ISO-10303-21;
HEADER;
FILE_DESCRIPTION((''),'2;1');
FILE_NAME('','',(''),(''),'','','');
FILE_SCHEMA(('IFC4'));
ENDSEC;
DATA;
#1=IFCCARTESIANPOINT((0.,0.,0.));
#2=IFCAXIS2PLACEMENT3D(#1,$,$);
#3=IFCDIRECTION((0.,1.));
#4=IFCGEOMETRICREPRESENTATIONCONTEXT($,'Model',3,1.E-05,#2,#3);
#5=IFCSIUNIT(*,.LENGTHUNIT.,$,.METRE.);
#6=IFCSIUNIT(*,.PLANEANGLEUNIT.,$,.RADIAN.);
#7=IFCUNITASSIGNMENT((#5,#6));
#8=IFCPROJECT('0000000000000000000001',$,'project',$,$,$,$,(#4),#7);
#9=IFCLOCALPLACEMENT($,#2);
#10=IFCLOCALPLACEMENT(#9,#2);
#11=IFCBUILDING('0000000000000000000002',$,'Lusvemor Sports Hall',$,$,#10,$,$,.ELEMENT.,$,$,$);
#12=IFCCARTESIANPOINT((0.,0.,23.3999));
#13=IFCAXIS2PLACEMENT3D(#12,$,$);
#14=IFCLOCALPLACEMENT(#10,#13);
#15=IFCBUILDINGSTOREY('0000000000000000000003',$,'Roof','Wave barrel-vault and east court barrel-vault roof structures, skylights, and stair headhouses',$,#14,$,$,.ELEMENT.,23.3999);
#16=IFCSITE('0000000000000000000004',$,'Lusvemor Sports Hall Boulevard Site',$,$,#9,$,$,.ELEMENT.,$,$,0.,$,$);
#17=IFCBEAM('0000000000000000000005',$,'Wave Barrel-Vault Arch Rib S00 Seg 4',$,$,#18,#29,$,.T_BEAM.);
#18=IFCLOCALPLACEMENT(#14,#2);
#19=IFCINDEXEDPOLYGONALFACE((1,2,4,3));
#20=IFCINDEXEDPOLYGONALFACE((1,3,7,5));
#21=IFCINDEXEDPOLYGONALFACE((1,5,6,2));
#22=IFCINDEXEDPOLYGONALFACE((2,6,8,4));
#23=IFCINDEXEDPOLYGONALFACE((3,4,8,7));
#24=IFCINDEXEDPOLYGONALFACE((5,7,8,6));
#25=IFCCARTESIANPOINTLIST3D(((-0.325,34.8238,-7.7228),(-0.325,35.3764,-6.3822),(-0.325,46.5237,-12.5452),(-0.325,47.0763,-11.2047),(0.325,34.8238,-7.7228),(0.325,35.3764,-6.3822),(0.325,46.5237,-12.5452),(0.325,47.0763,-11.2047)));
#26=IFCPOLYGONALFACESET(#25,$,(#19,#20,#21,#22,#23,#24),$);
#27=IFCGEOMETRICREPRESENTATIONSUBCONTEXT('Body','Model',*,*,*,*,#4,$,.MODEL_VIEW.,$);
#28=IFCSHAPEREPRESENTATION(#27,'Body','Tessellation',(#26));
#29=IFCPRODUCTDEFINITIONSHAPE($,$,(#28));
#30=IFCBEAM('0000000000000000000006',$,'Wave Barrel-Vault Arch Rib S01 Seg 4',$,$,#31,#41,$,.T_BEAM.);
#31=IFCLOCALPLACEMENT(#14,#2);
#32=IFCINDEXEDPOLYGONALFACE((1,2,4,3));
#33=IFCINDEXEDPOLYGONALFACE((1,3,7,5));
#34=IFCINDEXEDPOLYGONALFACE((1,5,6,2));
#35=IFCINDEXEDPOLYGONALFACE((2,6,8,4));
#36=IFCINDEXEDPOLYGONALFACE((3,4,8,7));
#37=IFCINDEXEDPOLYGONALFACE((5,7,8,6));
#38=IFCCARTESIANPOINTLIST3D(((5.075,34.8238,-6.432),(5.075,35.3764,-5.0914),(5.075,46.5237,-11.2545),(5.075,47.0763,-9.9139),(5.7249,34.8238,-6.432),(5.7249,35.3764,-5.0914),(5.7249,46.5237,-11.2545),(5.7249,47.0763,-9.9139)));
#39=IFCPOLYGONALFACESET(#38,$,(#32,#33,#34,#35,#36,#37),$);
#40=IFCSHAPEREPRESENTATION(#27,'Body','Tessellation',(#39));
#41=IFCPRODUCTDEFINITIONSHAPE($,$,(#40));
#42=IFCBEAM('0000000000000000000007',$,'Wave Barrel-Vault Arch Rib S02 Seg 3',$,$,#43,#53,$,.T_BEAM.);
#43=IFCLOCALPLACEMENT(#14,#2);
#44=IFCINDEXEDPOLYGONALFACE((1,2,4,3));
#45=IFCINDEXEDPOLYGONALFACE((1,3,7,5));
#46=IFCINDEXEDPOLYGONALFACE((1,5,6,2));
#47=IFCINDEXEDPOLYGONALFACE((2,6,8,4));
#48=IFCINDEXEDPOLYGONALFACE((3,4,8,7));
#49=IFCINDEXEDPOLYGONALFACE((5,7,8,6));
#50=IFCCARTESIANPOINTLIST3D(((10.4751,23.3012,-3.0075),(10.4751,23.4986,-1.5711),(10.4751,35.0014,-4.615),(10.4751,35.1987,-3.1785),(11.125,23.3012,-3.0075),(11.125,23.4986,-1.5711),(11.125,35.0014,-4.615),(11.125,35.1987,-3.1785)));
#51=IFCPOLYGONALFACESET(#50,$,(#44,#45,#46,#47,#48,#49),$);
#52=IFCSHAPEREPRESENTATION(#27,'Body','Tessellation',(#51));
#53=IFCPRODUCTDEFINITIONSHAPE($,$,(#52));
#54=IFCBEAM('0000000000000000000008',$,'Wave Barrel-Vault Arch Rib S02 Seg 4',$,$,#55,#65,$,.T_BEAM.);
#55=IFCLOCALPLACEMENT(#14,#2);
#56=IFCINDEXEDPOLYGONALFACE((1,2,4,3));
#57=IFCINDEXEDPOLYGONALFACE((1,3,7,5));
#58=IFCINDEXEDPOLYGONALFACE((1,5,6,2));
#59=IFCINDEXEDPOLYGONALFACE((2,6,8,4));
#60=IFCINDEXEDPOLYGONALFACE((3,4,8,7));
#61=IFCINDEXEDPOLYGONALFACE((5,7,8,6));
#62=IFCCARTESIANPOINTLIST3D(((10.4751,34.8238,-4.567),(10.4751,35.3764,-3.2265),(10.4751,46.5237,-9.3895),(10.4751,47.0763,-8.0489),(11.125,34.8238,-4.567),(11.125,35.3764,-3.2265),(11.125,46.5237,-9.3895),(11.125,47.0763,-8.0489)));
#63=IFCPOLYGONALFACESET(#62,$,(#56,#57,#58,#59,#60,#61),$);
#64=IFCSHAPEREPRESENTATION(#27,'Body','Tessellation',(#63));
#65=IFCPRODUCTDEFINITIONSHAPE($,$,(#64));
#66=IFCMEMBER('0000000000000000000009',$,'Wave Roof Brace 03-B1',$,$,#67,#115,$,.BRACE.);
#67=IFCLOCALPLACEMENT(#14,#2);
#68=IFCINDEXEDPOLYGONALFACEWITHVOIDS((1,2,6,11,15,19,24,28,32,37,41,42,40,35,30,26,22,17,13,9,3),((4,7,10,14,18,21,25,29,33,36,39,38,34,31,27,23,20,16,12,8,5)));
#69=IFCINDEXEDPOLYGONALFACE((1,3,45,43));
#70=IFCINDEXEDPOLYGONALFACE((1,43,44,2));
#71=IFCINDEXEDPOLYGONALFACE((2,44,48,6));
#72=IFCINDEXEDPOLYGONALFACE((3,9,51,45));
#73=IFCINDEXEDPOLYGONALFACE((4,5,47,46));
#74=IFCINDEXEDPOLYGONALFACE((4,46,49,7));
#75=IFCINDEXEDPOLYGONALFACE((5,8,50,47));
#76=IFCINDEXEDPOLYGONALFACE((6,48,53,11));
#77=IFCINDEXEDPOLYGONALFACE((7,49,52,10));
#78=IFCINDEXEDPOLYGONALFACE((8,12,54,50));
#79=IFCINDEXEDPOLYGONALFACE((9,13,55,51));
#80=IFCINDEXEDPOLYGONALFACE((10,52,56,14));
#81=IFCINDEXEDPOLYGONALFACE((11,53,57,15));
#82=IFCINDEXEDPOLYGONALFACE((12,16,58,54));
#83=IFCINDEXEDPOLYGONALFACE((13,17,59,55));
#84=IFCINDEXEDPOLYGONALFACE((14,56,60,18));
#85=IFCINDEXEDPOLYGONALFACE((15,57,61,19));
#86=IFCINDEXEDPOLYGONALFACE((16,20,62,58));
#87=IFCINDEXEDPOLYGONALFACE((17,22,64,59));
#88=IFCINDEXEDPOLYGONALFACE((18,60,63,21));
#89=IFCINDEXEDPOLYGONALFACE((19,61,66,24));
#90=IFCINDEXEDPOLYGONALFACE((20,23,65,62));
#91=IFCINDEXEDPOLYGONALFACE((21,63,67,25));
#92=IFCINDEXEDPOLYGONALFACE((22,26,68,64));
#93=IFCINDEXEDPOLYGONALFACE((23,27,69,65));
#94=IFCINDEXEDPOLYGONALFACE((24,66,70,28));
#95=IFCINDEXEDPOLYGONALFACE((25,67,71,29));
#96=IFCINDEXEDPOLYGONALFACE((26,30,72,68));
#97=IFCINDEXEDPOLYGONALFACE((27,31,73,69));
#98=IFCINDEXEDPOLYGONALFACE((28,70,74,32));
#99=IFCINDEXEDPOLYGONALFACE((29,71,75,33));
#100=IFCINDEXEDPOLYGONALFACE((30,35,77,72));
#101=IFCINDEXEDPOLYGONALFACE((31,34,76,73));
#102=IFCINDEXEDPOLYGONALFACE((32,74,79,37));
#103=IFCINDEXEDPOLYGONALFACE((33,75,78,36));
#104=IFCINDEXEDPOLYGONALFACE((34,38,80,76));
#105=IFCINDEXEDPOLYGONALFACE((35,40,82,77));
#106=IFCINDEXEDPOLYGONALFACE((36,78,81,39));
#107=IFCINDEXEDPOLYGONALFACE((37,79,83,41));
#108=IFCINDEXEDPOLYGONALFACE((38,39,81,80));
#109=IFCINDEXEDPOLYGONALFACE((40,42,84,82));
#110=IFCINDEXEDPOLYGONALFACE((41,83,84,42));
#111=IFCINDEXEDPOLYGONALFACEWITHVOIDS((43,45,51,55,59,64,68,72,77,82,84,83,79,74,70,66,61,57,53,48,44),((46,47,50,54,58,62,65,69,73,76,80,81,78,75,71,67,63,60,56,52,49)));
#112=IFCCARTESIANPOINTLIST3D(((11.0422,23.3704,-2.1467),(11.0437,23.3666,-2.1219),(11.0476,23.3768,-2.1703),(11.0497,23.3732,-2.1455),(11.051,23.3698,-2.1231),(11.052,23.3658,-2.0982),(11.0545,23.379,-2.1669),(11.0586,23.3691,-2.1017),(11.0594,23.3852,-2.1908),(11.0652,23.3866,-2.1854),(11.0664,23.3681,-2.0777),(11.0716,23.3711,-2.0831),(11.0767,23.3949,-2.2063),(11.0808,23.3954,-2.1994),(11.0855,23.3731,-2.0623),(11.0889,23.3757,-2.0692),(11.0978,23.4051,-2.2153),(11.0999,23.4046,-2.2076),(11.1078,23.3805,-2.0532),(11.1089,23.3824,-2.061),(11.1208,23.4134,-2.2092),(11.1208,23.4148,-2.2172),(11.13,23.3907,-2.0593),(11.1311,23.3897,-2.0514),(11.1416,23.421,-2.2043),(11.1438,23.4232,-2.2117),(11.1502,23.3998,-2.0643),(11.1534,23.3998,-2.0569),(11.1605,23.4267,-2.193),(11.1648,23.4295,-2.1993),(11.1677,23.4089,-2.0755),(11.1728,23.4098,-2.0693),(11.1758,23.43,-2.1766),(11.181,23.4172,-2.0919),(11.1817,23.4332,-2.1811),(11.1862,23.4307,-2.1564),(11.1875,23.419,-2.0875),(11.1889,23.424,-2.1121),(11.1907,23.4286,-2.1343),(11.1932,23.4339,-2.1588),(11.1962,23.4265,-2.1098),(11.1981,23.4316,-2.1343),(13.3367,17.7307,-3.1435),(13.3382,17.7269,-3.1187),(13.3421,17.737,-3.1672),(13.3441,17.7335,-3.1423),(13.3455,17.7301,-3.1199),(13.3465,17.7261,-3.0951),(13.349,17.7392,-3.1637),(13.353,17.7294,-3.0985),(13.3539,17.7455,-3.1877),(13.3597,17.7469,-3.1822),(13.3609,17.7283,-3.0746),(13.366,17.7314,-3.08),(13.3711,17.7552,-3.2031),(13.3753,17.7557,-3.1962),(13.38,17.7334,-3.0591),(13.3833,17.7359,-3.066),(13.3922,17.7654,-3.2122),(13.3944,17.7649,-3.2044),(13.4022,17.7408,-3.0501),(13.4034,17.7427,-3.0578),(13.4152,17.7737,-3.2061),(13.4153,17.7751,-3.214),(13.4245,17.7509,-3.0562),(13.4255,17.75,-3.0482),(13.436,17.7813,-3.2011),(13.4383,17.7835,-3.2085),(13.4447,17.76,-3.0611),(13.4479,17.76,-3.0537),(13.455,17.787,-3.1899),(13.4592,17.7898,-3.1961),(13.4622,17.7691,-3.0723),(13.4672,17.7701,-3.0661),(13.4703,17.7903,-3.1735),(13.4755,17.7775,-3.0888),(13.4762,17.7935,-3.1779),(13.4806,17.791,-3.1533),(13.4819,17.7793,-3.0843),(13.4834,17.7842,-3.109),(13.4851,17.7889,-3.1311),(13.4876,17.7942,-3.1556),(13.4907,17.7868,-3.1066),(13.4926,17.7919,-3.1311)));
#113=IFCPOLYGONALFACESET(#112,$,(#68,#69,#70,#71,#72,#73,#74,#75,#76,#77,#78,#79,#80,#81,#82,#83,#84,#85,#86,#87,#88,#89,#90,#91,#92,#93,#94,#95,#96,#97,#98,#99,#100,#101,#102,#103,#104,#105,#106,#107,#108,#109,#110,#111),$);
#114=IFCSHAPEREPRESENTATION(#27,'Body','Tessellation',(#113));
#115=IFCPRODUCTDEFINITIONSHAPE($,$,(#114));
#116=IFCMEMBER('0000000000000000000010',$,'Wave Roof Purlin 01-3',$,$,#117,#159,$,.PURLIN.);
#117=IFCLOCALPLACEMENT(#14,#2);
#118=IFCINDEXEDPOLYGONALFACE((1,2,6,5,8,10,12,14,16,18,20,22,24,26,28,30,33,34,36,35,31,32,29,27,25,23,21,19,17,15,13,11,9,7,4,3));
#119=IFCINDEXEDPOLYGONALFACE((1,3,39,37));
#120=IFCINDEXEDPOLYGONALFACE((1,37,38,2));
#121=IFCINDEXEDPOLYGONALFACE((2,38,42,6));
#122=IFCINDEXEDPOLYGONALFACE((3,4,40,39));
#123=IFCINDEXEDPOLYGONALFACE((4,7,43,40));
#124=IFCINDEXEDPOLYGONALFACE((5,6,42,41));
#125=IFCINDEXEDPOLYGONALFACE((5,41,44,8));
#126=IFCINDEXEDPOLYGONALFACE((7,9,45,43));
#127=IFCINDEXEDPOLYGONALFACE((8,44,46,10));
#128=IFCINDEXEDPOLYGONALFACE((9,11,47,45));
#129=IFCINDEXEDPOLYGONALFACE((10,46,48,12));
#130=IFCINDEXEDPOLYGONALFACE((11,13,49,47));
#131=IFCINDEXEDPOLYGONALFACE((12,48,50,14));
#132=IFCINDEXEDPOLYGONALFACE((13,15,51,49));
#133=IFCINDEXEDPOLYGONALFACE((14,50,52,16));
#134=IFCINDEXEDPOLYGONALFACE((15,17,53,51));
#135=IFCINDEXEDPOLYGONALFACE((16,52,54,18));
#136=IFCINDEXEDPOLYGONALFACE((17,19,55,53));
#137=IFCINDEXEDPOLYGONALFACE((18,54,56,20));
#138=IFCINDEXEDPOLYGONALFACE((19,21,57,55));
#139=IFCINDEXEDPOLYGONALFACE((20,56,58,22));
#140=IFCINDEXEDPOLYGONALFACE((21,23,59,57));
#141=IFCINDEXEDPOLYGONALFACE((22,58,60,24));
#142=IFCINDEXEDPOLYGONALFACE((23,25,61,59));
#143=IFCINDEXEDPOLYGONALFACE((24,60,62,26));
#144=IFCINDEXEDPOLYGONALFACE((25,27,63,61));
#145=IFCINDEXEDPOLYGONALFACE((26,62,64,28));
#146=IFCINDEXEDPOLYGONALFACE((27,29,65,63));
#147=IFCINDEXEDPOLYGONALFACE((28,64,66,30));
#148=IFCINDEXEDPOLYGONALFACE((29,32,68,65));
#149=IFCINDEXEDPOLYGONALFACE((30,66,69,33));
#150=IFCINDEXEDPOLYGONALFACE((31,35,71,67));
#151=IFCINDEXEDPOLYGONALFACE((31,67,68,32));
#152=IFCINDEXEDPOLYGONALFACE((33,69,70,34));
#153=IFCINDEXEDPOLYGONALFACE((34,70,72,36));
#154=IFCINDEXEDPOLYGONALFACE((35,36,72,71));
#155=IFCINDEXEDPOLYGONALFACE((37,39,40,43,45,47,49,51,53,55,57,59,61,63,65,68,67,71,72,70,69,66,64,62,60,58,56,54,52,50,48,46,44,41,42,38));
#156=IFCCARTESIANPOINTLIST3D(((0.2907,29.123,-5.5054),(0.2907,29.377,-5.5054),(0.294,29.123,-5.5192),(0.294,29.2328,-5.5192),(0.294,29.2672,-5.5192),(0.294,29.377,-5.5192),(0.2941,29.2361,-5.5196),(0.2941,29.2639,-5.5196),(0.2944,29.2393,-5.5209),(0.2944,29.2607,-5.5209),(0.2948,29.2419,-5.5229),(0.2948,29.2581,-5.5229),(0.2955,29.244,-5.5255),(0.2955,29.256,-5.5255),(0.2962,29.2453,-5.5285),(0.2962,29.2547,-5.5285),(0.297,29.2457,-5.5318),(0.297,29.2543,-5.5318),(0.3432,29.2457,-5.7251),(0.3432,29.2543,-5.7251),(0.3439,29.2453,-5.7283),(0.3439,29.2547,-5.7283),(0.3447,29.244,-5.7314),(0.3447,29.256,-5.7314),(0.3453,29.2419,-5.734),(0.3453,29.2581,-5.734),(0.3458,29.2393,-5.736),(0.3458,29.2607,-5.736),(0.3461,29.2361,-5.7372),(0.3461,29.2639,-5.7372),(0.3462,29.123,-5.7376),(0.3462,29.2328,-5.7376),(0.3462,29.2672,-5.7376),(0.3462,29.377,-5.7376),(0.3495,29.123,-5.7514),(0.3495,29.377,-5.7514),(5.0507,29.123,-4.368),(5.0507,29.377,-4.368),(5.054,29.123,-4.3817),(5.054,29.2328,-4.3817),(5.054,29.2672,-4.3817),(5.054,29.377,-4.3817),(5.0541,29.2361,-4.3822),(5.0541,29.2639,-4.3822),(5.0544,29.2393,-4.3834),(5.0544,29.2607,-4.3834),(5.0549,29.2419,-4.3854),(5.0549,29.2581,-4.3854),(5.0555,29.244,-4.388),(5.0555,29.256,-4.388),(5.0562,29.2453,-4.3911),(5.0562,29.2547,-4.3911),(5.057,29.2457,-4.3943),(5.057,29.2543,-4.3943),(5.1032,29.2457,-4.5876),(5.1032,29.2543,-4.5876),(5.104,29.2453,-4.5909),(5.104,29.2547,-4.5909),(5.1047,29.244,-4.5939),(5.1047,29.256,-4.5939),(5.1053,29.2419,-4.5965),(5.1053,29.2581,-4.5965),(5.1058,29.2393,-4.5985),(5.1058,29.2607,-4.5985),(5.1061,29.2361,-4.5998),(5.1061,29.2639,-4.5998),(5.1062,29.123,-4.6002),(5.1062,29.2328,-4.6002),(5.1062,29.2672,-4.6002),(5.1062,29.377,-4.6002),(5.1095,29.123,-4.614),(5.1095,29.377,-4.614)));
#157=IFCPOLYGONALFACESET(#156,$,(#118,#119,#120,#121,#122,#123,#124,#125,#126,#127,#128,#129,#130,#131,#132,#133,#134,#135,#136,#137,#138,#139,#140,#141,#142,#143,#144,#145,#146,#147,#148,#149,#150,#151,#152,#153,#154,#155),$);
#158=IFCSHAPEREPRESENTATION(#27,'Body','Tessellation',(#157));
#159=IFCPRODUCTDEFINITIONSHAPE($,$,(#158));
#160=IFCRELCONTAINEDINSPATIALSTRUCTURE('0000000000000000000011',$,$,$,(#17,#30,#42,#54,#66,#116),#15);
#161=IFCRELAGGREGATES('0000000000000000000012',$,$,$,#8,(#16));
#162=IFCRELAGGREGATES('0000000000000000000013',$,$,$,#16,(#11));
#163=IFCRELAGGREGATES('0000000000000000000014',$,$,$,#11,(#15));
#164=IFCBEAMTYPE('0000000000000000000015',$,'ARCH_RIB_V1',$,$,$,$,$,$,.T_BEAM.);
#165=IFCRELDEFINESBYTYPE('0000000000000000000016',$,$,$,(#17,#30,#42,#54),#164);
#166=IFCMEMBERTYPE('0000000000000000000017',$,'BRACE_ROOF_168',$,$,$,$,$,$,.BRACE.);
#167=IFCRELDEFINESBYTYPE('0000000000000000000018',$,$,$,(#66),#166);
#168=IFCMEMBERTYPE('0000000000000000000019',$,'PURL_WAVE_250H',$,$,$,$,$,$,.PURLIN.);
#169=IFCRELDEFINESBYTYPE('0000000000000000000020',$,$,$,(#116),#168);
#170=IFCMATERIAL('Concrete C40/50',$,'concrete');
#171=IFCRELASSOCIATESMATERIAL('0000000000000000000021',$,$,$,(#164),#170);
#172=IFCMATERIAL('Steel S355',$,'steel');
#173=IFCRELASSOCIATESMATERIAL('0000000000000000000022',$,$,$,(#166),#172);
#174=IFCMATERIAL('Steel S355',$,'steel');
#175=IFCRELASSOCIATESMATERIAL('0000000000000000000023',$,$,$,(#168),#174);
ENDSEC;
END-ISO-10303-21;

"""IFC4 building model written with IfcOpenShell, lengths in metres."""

from ifc_helpers import new_model, si_unit, direction, frame, origin, origin_2d, place, context, subcontext, project, spatial, rectangle, hollow_circle, i_section, extrude, material, material_profile, profile_set, type_object, element, save


model = new_model("IFC4")

# Units and contexts
model_context = context("Model", 3, precision=1e-05, world=origin(), true_north=direction((0.0, 1.0)))
body_context = subcontext(model_context, "Body", "Model", "MODEL_VIEW")
ifc_project = project(units=[si_unit("LENGTHUNIT", "METRE"), si_unit("PLANEANGLEUNIT", "RADIAN")], contexts=[model_context])

# Site, building, storey
site_placement = place(None, origin())
site = spatial("IfcSite", under=ifc_project, at=site_placement, Name="Lusvemor Sports Hall Boulevard Site", CompositionType="ELEMENT", RefElevation=0.0)
building_placement = place(site_placement, origin())
building = spatial("IfcBuilding", under=site, at=building_placement, Name="Lusvemor Sports Hall", CompositionType="ELEMENT")
storey_placement = place(building_placement, frame((0.0, 0.0, 23.3999)))
storey = spatial("IfcBuildingStorey", under=building, at=storey_placement, Name="Roof", Description="Wave barrel-vault and east court barrel-vault roof structures, skylights, and stair headhouses", CompositionType="ELEMENT", Elevation=23.3999)

# Beams
ifc_material_1 = material(Name="Concrete C40/50", Category="concrete")
ifc_material_profile_1 = material_profile(ifc_material_1, rectangle(XDim=0.6499, YDim=1.45, at=origin_2d()), Name="RC650x1450")
ifc_profile_set_1 = profile_set([ifc_material_profile_1], Name="Concrete C40/50")
beam_type = type_object("IfcBeamType", Name="ARCH_RIB_V1", PredefinedType="T_BEAM", material=ifc_profile_set_1)
for number, where, z_axis, x_axis, name in (
    (1, (0.0, 35.1001, -7.0525), (0.0, 0.924542, -0.38108), (-1.0, 0.0, 0.0), "Wave Barrel-Vault Arch Rib S00 Seg 4"),
    (2, (5.3999, 35.1001, -5.7617), (0.0, 0.924542, -0.38108), (-1.0, 0.0, 0.0), "Wave Barrel-Vault Arch Rib S01 Seg 4"),
):
    element("IfcBeam", number, at=place(storey_placement, frame(where, z_axis=z_axis, x_axis=x_axis)), inside=storey, type_object=beam_type, Name=name, PredefinedType="T_BEAM", context=body_context, shape_type="SweptSolid", body=[
        extrude(rectangle(XDim=0.6499, YDim=1.45, at=origin_2d()), origin(), (0.0, 0.0, 1.0), 12.6548),
    ])
beam_1_placement = place(storey_placement, frame((10.8, 23.3999, -2.2893), z_axis=(0.0, 0.990694, -0.136106), x_axis=(-1.0, 0.0, 0.0)))
element("IfcBeam", 3, at=beam_1_placement, inside=storey, type_object=beam_type, Name="Wave Barrel-Vault Arch Rib S02 Seg 3", PredefinedType="T_BEAM", context=body_context, shape_type="SweptSolid", body=[
    extrude(rectangle(XDim=0.6499, YDim=1.45, at=origin_2d()), origin(), (0.0, 0.0, 1.0), 11.8101),
])
beam_2_placement = place(storey_placement, frame((10.8, 35.1001, -3.8967), z_axis=(0.0, 0.924542, -0.38108), x_axis=(-1.0, 0.0, 0.0)))
element("IfcBeam", 4, at=beam_2_placement, inside=storey, type_object=beam_type, Name="Wave Barrel-Vault Arch Rib S02 Seg 4", PredefinedType="T_BEAM", context=body_context, shape_type="SweptSolid", body=[
    extrude(rectangle(XDim=0.6499, YDim=1.45, at=origin_2d()), origin(), (0.0, 0.0, 1.0), 12.6548),
])

# Members
ifc_material_2 = material(Name="Steel S355", Category="steel")
ifc_material_profile_2 = material_profile(ifc_material_2, hollow_circle(Radius=0.0842, WallThickness=0.0081, at=origin_2d()), Name="CHS168.3x8.0")
ifc_profile_set_2 = profile_set([ifc_material_profile_2], Name="Steel S355")
member_type_1 = type_object("IfcMemberType", Name="BRACE_ROOF_168", PredefinedType="BRACE", material=ifc_profile_set_2)
member_1_placement = place(storey_placement, frame((11.1201, 23.3999, -2.1343), z_axis=(0.371895, -0.914106, -0.161571), x_axis=(0.926276, 0.376846, 0.0)))
element("IfcMember", 5, at=member_1_placement, inside=storey, type_object=member_type_1, Name="Wave Roof Brace 03-B1", PredefinedType="BRACE", context=body_context, shape_type="SweptSolid", body=[
    extrude(hollow_circle(Radius=0.0842, WallThickness=0.0081, at=origin_2d()), origin(), (0.0, 0.0, 1.0), 6.1697),
])
ifc_material_3 = material(Name="Steel S355", Category="steel")
ifc_material_profile_3 = material_profile(ifc_material_3, i_section(OverallWidth=0.2539, OverallDepth=0.2529, WebThickness=0.0085, FlangeThickness=0.0142, FilletRadius=0.0129, at=origin_2d()), Name="W250x73.0")
ifc_profile_set_3 = profile_set([ifc_material_profile_3], Name="Steel S355")
member_type_2 = type_object("IfcMemberType", Name="PURL_WAVE_250H", PredefinedType="PURLIN", material=ifc_profile_set_3)
member_2_placement = place(storey_placement, frame((0.3201, 29.25, -5.6284), z_axis=(0.972616, 0.0, 0.232416), x_axis=(0.0, 1.0, 0.0)))
element("IfcMember", 6, at=member_2_placement, inside=storey, type_object=member_type_2, Name="Wave Roof Purlin 01-3", PredefinedType="PURLIN", context=body_context, shape_type="SweptSolid", body=[
    extrude(i_section(OverallWidth=0.2539, OverallDepth=0.2529, WebThickness=0.0085, FlangeThickness=0.0142, FilletRadius=0.0129, at=origin_2d()), origin(), (0.0, 0.0, 1.0), 4.894),
])

save(model, "model.ifc")
